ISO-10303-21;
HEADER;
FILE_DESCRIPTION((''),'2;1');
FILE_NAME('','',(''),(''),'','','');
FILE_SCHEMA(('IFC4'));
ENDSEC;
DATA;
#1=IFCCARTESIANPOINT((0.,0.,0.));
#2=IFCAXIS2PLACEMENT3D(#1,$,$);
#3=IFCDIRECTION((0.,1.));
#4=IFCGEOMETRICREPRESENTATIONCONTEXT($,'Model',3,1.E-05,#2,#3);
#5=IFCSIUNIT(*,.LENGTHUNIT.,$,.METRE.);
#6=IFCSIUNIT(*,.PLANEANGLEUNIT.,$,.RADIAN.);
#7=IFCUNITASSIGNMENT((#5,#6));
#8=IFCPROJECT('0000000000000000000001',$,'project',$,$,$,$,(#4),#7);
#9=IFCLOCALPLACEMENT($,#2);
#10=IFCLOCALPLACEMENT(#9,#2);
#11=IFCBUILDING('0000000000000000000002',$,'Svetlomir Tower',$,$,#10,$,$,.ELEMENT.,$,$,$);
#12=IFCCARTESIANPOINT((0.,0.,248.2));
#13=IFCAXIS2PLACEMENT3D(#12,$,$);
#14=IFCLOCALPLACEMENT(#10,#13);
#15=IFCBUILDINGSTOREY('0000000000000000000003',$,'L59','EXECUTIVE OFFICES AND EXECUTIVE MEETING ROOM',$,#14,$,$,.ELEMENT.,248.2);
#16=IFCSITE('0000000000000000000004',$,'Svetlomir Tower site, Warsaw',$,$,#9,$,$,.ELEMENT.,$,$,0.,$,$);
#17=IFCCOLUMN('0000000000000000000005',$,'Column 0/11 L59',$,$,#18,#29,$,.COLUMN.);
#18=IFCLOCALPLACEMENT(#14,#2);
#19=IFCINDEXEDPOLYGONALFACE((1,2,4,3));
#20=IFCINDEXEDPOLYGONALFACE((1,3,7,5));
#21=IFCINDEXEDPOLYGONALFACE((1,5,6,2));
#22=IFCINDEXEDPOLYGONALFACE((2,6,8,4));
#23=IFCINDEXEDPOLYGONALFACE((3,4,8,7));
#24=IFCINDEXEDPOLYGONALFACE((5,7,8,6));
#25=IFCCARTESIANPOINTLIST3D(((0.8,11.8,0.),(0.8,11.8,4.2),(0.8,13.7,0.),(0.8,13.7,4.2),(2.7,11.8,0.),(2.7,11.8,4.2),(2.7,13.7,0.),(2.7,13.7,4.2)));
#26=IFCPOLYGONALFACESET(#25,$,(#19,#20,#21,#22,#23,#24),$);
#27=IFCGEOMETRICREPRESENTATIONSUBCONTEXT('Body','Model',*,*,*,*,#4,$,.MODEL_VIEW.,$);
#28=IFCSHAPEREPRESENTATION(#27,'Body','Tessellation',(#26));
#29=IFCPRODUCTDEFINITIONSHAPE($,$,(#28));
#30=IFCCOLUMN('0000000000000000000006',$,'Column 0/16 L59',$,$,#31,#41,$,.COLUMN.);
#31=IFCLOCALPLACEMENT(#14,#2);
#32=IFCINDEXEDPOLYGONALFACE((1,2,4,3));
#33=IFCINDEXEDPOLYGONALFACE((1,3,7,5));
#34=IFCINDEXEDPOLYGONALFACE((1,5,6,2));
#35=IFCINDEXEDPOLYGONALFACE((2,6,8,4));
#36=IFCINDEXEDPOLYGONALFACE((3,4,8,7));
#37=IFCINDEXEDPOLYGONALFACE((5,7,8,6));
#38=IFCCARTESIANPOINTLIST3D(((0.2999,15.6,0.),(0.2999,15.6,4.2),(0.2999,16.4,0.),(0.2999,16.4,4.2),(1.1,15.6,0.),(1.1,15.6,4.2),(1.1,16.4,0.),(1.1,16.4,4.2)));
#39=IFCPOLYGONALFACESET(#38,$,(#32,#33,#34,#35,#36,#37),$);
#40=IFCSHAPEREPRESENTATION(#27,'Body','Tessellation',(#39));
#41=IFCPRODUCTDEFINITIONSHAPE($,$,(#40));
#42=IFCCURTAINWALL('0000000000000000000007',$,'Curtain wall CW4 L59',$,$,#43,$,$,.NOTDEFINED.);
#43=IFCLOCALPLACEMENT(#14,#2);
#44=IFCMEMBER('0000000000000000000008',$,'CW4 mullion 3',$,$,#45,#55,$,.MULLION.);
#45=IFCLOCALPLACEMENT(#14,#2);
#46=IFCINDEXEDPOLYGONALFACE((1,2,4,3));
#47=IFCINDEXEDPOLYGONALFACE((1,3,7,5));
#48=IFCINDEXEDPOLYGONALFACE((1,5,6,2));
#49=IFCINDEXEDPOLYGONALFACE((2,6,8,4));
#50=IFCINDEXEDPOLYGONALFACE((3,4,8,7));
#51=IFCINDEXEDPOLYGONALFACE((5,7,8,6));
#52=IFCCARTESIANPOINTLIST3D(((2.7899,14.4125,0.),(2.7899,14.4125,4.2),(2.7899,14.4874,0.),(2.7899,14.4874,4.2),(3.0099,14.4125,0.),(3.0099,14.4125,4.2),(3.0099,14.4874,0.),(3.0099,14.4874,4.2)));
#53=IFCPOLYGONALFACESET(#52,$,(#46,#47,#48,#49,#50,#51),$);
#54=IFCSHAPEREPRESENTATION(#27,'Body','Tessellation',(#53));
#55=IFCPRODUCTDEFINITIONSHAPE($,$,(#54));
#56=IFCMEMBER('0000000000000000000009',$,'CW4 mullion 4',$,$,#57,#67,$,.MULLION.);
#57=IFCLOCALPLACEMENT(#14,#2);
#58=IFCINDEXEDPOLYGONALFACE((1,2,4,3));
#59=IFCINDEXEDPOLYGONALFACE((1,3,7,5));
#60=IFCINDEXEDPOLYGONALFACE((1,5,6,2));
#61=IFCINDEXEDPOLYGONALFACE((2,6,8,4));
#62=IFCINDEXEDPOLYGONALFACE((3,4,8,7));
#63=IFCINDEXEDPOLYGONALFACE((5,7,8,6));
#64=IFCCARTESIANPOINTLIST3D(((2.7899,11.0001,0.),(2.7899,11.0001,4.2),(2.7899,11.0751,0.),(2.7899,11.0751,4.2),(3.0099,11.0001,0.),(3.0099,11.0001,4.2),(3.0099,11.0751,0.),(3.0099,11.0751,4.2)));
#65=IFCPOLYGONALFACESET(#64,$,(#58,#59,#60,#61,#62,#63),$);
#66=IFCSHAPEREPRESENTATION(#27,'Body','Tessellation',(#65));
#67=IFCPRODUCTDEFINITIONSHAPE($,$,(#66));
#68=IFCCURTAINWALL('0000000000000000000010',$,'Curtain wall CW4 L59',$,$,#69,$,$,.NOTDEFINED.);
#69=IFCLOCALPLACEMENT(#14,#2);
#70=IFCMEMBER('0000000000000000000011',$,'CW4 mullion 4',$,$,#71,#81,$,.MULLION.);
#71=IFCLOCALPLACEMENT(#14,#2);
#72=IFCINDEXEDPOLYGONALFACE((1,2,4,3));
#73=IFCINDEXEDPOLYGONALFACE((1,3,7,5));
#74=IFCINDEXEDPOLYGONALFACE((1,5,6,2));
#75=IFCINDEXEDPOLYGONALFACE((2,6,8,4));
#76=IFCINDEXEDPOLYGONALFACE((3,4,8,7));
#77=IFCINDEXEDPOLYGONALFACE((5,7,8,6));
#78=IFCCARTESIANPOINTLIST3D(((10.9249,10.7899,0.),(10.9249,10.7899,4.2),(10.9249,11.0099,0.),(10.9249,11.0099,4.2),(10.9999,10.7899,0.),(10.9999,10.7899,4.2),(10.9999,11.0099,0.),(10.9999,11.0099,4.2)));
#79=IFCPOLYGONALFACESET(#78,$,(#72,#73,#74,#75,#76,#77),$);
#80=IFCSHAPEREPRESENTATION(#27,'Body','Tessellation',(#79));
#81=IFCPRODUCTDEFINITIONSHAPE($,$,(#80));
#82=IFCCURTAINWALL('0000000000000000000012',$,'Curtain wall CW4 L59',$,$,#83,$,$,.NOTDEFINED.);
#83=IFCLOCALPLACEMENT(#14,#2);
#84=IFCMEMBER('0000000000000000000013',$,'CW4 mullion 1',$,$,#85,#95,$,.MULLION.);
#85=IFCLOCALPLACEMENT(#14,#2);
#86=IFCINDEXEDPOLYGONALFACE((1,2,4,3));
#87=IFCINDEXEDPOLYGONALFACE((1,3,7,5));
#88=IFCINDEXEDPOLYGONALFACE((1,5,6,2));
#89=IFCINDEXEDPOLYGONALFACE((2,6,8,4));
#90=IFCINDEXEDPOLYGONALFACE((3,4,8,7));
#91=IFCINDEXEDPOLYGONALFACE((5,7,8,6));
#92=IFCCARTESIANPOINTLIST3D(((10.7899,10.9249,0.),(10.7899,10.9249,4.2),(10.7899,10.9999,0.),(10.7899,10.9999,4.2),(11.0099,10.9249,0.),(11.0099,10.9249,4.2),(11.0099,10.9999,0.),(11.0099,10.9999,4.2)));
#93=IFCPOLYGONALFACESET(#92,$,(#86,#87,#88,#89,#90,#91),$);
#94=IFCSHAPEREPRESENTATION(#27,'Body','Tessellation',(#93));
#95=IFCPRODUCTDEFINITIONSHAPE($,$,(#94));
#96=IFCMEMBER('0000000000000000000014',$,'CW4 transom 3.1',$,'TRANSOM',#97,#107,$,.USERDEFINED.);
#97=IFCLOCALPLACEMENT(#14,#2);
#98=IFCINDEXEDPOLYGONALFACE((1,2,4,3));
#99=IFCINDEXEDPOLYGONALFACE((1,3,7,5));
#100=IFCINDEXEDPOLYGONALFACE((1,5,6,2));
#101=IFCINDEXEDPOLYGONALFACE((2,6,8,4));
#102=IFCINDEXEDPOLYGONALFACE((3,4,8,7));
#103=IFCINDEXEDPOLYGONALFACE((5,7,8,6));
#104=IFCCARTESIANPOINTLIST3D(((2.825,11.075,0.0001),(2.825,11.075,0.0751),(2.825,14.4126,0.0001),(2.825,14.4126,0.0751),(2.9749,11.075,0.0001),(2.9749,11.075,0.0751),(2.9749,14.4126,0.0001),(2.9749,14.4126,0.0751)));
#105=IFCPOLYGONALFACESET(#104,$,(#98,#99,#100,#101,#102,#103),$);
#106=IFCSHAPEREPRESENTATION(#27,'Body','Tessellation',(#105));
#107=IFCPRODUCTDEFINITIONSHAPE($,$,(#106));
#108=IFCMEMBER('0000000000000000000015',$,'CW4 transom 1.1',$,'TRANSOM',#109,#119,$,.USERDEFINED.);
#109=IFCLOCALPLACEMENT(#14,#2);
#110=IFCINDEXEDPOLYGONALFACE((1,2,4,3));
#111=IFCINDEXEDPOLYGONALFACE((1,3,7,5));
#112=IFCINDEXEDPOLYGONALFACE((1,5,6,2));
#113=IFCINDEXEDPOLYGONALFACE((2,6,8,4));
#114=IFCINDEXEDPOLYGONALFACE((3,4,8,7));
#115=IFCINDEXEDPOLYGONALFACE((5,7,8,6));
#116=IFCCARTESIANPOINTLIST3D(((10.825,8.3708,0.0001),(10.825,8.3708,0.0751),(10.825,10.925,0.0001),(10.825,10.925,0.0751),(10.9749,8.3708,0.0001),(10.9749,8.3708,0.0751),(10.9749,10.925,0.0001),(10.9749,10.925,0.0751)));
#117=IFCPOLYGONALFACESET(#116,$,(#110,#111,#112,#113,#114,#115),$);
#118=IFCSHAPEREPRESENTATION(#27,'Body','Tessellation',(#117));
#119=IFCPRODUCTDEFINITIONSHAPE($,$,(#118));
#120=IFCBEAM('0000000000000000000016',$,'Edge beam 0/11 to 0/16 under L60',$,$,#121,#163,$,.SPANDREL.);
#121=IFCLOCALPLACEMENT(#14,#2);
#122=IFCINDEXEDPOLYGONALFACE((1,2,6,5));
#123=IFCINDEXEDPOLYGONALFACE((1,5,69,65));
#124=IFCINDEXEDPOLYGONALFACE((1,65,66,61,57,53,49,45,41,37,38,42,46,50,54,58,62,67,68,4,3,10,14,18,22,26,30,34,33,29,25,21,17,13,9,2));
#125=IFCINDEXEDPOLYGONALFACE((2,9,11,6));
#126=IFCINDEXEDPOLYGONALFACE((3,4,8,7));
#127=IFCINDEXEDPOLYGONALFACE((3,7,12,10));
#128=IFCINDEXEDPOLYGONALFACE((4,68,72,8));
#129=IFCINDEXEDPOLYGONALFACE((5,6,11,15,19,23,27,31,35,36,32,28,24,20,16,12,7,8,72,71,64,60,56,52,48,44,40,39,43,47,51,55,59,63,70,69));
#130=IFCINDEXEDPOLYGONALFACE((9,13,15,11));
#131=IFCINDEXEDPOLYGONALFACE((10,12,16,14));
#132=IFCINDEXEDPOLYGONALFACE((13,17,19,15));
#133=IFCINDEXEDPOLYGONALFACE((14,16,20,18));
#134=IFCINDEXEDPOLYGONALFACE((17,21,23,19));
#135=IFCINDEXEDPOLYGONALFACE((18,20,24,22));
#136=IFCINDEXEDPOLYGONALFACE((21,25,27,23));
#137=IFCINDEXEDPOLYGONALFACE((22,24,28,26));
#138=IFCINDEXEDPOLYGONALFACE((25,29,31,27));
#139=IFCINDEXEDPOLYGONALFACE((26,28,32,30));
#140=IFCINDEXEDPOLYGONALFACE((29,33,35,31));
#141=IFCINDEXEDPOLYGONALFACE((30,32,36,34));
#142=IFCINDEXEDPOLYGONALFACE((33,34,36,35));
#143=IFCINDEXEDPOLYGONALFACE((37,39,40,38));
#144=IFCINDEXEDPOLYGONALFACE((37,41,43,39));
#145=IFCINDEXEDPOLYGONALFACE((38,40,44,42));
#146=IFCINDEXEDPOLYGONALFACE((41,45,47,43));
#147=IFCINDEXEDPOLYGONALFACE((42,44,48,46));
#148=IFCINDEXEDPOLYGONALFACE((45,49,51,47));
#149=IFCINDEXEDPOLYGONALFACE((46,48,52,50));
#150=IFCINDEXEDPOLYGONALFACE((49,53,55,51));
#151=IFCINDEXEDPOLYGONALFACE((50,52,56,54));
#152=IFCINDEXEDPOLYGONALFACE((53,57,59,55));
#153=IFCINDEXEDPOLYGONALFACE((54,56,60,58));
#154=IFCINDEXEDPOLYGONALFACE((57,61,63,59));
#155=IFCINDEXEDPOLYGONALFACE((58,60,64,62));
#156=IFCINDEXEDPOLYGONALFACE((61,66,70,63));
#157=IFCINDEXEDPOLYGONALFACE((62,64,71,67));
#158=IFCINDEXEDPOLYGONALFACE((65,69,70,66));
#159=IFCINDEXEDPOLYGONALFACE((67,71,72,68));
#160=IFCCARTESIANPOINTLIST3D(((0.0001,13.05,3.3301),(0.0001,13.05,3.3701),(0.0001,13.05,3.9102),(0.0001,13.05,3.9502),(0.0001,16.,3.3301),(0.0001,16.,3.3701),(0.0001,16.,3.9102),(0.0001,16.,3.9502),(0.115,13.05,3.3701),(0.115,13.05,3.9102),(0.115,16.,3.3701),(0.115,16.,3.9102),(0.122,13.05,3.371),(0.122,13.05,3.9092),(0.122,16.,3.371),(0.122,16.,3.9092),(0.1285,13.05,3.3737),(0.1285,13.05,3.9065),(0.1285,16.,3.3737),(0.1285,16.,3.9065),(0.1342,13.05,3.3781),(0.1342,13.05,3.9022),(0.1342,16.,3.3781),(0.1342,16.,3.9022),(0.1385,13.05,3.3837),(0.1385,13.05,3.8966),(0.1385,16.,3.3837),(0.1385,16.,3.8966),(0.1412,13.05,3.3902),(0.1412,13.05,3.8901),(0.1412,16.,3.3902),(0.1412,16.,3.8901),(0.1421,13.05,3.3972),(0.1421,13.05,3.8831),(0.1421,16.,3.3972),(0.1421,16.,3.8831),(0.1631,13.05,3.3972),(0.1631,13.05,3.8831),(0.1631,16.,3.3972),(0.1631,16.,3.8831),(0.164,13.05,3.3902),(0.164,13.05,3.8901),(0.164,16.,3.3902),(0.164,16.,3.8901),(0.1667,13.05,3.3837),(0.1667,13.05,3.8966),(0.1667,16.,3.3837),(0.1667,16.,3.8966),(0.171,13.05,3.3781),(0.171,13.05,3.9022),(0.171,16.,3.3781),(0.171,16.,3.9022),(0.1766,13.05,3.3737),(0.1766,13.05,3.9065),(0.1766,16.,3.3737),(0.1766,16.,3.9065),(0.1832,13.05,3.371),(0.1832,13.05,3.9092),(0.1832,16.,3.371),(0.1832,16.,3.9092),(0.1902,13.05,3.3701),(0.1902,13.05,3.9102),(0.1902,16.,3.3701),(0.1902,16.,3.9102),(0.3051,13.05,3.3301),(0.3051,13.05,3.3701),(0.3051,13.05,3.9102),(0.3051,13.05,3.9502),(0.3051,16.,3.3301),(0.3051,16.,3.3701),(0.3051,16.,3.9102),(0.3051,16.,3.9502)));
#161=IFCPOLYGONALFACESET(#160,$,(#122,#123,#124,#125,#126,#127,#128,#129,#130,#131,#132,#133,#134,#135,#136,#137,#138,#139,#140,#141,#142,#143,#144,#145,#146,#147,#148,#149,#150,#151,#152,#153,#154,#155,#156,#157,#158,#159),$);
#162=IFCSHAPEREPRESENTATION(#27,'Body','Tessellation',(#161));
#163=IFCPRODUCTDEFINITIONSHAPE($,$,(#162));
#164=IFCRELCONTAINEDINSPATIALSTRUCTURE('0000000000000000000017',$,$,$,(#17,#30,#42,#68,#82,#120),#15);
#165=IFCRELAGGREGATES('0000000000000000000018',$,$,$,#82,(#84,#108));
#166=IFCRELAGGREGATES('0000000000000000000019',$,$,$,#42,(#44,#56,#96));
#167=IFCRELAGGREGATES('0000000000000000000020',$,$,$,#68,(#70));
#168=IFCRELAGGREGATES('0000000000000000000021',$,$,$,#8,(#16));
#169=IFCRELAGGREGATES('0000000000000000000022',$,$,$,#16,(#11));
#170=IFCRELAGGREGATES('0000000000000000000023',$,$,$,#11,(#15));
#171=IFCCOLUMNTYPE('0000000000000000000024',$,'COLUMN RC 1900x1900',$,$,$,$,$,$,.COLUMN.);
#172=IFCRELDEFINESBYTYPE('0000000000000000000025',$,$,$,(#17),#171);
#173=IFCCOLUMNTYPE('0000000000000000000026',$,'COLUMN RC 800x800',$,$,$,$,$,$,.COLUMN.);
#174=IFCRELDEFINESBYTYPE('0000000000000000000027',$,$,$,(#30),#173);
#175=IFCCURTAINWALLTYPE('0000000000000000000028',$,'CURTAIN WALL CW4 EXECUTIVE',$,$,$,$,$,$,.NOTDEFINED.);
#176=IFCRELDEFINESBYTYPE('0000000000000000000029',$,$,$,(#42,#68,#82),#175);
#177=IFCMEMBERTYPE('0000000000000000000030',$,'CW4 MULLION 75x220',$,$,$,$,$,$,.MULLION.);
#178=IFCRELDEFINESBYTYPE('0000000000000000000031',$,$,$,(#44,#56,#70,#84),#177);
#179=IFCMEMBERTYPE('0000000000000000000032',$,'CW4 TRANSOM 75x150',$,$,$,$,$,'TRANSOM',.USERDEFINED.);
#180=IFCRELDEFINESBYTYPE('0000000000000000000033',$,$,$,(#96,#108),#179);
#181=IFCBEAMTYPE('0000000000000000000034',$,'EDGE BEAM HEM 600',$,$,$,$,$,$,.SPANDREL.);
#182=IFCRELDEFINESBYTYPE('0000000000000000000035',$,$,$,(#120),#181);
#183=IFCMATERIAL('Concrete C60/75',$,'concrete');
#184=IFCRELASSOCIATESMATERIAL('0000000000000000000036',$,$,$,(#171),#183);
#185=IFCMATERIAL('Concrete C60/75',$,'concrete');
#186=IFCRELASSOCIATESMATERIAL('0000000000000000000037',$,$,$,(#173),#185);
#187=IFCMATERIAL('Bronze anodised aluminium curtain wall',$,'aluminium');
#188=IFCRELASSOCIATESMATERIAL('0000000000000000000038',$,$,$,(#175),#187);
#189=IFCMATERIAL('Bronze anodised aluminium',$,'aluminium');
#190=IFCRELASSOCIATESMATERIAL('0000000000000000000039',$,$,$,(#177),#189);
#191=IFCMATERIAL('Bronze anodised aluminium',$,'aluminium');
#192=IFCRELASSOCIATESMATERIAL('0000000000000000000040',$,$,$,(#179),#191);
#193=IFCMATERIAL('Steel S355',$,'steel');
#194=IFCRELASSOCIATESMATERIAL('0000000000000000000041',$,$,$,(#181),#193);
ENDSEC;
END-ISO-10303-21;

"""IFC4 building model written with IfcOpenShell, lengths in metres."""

from ifc_helpers import new_model, si_unit, direction, frame, origin, origin_2d, place, context, subcontext, project, spatial, rectangle, i_section, extrude, material, material_profile, profile_set, type_object, element, aggregate, save


model = new_model("IFC4")

# Units and contexts
model_context = context("Model", 3, precision=1e-05, world=origin(), true_north=direction((0.0, 1.0)))
body_context = subcontext(model_context, "Body", "Model", "MODEL_VIEW")
ifc_project = project(units=[si_unit("LENGTHUNIT", "METRE"), si_unit("PLANEANGLEUNIT", "RADIAN")], contexts=[model_context])

# Site, building, storey
site_placement = place(None, origin())
site = spatial("IfcSite", under=ifc_project, at=site_placement, Name="Svetlomir Tower site, Warsaw", CompositionType="ELEMENT", RefElevation=0.0)
building_placement = place(site_placement, origin())
building = spatial("IfcBuilding", under=site, at=building_placement, Name="Svetlomir Tower", CompositionType="ELEMENT")
storey_placement = place(building_placement, frame((0.0, 0.0, 248.2)))
storey = spatial("IfcBuildingStorey", under=building, at=storey_placement, Name="L59", Description="EXECUTIVE OFFICES AND EXECUTIVE MEETING ROOM", CompositionType="ELEMENT", Elevation=248.2)

# Columns
ifc_material_1 = material(Name="Concrete C60/75", Category="concrete")
ifc_material_profile_1 = material_profile(ifc_material_1, rectangle(XDim=1.8999, YDim=1.8999, at=origin_2d()), Name="RC 1900x1900")
ifc_profile_set_1 = profile_set([ifc_material_profile_1], Name="Concrete C60/75")
column_type_1 = type_object("IfcColumnType", Name="COLUMN RC 1900x1900", PredefinedType="COLUMN", material=ifc_profile_set_1)
column_1_placement = place(storey_placement, frame((1.75, 12.75, 0.0), z_axis=(0.0, 0.0, 1.0), x_axis=(1.0, 0.0, 0.0)))
element("IfcColumn", 1, at=column_1_placement, inside=storey, type_object=column_type_1, Name="Column 0/11 L59", PredefinedType="COLUMN", context=body_context, shape_type="SweptSolid", body=[
    extrude(rectangle(XDim=1.8999, YDim=1.8999, at=origin_2d()), origin(), (0.0, 0.0, 1.0), 4.2),
])
ifc_material_2 = material(Name="Concrete C60/75", Category="concrete")
ifc_material_profile_2 = material_profile(ifc_material_2, rectangle(XDim=0.8, YDim=0.8, at=origin_2d()), Name="RC 800x800")
ifc_profile_set_2 = profile_set([ifc_material_profile_2], Name="Concrete C60/75")
column_type_2 = type_object("IfcColumnType", Name="COLUMN RC 800x800", PredefinedType="COLUMN", material=ifc_profile_set_2)
column_2_placement = place(storey_placement, frame((0.7, 16.0, 0.0), z_axis=(0.0, 0.0, 1.0), x_axis=(1.0, 0.0, 0.0)))
element("IfcColumn", 2, at=column_2_placement, inside=storey, type_object=column_type_2, Name="Column 0/16 L59", PredefinedType="COLUMN", context=body_context, shape_type="SweptSolid", body=[
    extrude(rectangle(XDim=0.8, YDim=0.8, at=origin_2d()), origin(), (0.0, 0.0, 1.0), 4.2),
])

# Curtain wall, members
ifc_material_3 = material(Name="Bronze anodised aluminium curtain wall", Category="aluminium")
curtain_wall_type = type_object("IfcCurtainWallType", Name="CURTAIN WALL CW4 EXECUTIVE", PredefinedType="NOTDEFINED", material=ifc_material_3)
curtain_wall_1_placement = place(storey_placement, origin())
curtain_wall_1 = element("IfcCurtainWall", 3, at=curtain_wall_1_placement, inside=storey, type_object=curtain_wall_type, Name="Curtain wall CW4 L59", PredefinedType="NOTDEFINED")
ifc_material_4 = material(Name="Bronze anodised aluminium", Category="aluminium")
ifc_material_profile_3 = material_profile(ifc_material_4, rectangle(XDim=0.075, YDim=0.22, at=origin_2d()), Name="AL 75x220")
ifc_profile_set_3 = profile_set([ifc_material_profile_3], Name="Bronze anodised aluminium 6063-T6")
member_type_1 = type_object("IfcMemberType", Name="CW4 MULLION 75x220", PredefinedType="MULLION", material=ifc_profile_set_3)
member_1_placement = place(storey_placement, frame((2.8999, 14.45, 0.0), z_axis=(0.0, 0.0, 1.0), x_axis=(0.0, -1.0, 0.0)))
member_1 = element("IfcMember", 4, at=member_1_placement, type_object=member_type_1, Name="CW4 mullion 3", PredefinedType="MULLION", context=body_context, shape_type="SweptSolid", body=[
    extrude(rectangle(XDim=0.075, YDim=0.22, at=origin_2d()), origin(), (0.0, 0.0, 1.0), 4.2),
])
member_2_placement = place(storey_placement, frame((2.8999, 11.0376, 0.0), z_axis=(0.0, 0.0, 1.0), x_axis=(0.0, -1.0, 0.0)))
member_2 = element("IfcMember", 5, at=member_2_placement, type_object=member_type_1, Name="CW4 mullion 4", PredefinedType="MULLION", context=body_context, shape_type="SweptSolid", body=[
    extrude(rectangle(XDim=0.075, YDim=0.22, at=origin_2d()), origin(), (0.0, 0.0, 1.0), 4.2),
])

# Curtain walls, members
curtain_wall_2_placement = place(storey_placement, origin())
curtain_wall_2 = element("IfcCurtainWall", 6, at=curtain_wall_2_placement, inside=storey, type_object=curtain_wall_type, Name="Curtain wall CW4 L59", PredefinedType="NOTDEFINED")
member_3_placement = place(storey_placement, frame((10.9624, 10.8999, 0.0), z_axis=(0.0, 0.0, 1.0), x_axis=(1.0, 0.0, 0.0)))
member_3 = element("IfcMember", 7, at=member_3_placement, type_object=member_type_1, Name="CW4 mullion 4", PredefinedType="MULLION", context=body_context, shape_type="SweptSolid", body=[
    extrude(rectangle(XDim=0.075, YDim=0.22, at=origin_2d()), origin(), (0.0, 0.0, 1.0), 4.2),
])
curtain_wall_3_placement = place(storey_placement, origin())
curtain_wall_3 = element("IfcCurtainWall", 8, at=curtain_wall_3_placement, inside=storey, type_object=curtain_wall_type, Name="Curtain wall CW4 L59", PredefinedType="NOTDEFINED")
member_4_placement = place(storey_placement, frame((10.8999, 10.9624, 0.0), z_axis=(0.0, 0.0, 1.0), x_axis=(0.0, -1.0, 0.0)))
member_4 = element("IfcMember", 9, at=member_4_placement, type_object=member_type_1, Name="CW4 mullion 1", PredefinedType="MULLION", context=body_context, shape_type="SweptSolid", body=[
    extrude(rectangle(XDim=0.075, YDim=0.22, at=origin_2d()), origin(), (0.0, 0.0, 1.0), 4.2),
])

# Members
ifc_material_5 = material(Name="Bronze anodised aluminium", Category="aluminium")
ifc_material_profile_4 = material_profile(ifc_material_5, rectangle(XDim=0.1499, YDim=0.075, at=origin_2d()), Name="AL 150x75")
ifc_profile_set_4 = profile_set([ifc_material_profile_4], Name="Bronze anodised aluminium 6063-T6")
member_type_2 = type_object("IfcMemberType", Name="CW4 TRANSOM 75x150", ElementType="TRANSOM", PredefinedType="USERDEFINED", material=ifc_profile_set_4)
member_5_placement = place(storey_placement, frame((2.8999, 14.4126, 0.0376), z_axis=(0.0, -1.0, 0.0), x_axis=(1.0, 0.0, 0.0)))
member_5 = element("IfcMember", 10, at=member_5_placement, type_object=member_type_2, Name="CW4 transom 3.1", ObjectType="TRANSOM", PredefinedType="USERDEFINED", context=body_context, shape_type="SweptSolid", body=[
    extrude(rectangle(XDim=0.1499, YDim=0.075, at=origin_2d()), origin(), (0.0, 0.0, 1.0), 3.3376),
])
member_6_placement = place(storey_placement, frame((10.8999, 10.925, 0.0376), z_axis=(0.0, -1.0, 0.0), x_axis=(1.0, 0.0, 0.0)))
member_6 = element("IfcMember", 11, at=member_6_placement, type_object=member_type_2, Name="CW4 transom 1.1", ObjectType="TRANSOM", PredefinedType="USERDEFINED", context=body_context, shape_type="SweptSolid", body=[
    extrude(rectangle(XDim=0.1499, YDim=0.075, at=origin_2d()), origin(), (0.0, 0.0, 1.0), 2.5542),
])
aggregate(curtain_wall_3, [member_4, member_6])

# Beam
ifc_material_6 = material(Name="Steel S355", Category="steel")
ifc_material_profile_5 = material_profile(ifc_material_6, i_section(OverallWidth=0.3049, OverallDepth=0.6201, WebThickness=0.021, FlangeThickness=0.04, FilletRadius=0.0271, at=origin_2d()), Name="HEM 600")
ifc_profile_set_5 = profile_set([ifc_material_profile_5], Name="Steel S355")
beam_type_1 = type_object("IfcBeamType", Name="EDGE BEAM HEM 600", PredefinedType="SPANDREL", material=ifc_profile_set_5)
beam_1_placement = place(storey_placement, frame((0.1526, 13.05, 3.6401), z_axis=(0.0, 1.0, 0.0), x_axis=(-1.0, 0.0, 0.0)))
element("IfcBeam", 12, at=beam_1_placement, inside=storey, type_object=beam_type_1, Name="Edge beam 0/11 to 0/16 under L60", PredefinedType="SPANDREL", context=body_context, shape_type="SweptSolid", body=[
    extrude(i_section(OverallWidth=0.3049, OverallDepth=0.6201, WebThickness=0.021, FlangeThickness=0.04, FilletRadius=0.0271, at=origin_2d()), origin(), (0.0, 0.0, 1.0), 2.95),
])

aggregate(curtain_wall_1, [member_1, member_2, member_5])
aggregate(curtain_wall_2, [member_3])

save(model, "model.ifc")
